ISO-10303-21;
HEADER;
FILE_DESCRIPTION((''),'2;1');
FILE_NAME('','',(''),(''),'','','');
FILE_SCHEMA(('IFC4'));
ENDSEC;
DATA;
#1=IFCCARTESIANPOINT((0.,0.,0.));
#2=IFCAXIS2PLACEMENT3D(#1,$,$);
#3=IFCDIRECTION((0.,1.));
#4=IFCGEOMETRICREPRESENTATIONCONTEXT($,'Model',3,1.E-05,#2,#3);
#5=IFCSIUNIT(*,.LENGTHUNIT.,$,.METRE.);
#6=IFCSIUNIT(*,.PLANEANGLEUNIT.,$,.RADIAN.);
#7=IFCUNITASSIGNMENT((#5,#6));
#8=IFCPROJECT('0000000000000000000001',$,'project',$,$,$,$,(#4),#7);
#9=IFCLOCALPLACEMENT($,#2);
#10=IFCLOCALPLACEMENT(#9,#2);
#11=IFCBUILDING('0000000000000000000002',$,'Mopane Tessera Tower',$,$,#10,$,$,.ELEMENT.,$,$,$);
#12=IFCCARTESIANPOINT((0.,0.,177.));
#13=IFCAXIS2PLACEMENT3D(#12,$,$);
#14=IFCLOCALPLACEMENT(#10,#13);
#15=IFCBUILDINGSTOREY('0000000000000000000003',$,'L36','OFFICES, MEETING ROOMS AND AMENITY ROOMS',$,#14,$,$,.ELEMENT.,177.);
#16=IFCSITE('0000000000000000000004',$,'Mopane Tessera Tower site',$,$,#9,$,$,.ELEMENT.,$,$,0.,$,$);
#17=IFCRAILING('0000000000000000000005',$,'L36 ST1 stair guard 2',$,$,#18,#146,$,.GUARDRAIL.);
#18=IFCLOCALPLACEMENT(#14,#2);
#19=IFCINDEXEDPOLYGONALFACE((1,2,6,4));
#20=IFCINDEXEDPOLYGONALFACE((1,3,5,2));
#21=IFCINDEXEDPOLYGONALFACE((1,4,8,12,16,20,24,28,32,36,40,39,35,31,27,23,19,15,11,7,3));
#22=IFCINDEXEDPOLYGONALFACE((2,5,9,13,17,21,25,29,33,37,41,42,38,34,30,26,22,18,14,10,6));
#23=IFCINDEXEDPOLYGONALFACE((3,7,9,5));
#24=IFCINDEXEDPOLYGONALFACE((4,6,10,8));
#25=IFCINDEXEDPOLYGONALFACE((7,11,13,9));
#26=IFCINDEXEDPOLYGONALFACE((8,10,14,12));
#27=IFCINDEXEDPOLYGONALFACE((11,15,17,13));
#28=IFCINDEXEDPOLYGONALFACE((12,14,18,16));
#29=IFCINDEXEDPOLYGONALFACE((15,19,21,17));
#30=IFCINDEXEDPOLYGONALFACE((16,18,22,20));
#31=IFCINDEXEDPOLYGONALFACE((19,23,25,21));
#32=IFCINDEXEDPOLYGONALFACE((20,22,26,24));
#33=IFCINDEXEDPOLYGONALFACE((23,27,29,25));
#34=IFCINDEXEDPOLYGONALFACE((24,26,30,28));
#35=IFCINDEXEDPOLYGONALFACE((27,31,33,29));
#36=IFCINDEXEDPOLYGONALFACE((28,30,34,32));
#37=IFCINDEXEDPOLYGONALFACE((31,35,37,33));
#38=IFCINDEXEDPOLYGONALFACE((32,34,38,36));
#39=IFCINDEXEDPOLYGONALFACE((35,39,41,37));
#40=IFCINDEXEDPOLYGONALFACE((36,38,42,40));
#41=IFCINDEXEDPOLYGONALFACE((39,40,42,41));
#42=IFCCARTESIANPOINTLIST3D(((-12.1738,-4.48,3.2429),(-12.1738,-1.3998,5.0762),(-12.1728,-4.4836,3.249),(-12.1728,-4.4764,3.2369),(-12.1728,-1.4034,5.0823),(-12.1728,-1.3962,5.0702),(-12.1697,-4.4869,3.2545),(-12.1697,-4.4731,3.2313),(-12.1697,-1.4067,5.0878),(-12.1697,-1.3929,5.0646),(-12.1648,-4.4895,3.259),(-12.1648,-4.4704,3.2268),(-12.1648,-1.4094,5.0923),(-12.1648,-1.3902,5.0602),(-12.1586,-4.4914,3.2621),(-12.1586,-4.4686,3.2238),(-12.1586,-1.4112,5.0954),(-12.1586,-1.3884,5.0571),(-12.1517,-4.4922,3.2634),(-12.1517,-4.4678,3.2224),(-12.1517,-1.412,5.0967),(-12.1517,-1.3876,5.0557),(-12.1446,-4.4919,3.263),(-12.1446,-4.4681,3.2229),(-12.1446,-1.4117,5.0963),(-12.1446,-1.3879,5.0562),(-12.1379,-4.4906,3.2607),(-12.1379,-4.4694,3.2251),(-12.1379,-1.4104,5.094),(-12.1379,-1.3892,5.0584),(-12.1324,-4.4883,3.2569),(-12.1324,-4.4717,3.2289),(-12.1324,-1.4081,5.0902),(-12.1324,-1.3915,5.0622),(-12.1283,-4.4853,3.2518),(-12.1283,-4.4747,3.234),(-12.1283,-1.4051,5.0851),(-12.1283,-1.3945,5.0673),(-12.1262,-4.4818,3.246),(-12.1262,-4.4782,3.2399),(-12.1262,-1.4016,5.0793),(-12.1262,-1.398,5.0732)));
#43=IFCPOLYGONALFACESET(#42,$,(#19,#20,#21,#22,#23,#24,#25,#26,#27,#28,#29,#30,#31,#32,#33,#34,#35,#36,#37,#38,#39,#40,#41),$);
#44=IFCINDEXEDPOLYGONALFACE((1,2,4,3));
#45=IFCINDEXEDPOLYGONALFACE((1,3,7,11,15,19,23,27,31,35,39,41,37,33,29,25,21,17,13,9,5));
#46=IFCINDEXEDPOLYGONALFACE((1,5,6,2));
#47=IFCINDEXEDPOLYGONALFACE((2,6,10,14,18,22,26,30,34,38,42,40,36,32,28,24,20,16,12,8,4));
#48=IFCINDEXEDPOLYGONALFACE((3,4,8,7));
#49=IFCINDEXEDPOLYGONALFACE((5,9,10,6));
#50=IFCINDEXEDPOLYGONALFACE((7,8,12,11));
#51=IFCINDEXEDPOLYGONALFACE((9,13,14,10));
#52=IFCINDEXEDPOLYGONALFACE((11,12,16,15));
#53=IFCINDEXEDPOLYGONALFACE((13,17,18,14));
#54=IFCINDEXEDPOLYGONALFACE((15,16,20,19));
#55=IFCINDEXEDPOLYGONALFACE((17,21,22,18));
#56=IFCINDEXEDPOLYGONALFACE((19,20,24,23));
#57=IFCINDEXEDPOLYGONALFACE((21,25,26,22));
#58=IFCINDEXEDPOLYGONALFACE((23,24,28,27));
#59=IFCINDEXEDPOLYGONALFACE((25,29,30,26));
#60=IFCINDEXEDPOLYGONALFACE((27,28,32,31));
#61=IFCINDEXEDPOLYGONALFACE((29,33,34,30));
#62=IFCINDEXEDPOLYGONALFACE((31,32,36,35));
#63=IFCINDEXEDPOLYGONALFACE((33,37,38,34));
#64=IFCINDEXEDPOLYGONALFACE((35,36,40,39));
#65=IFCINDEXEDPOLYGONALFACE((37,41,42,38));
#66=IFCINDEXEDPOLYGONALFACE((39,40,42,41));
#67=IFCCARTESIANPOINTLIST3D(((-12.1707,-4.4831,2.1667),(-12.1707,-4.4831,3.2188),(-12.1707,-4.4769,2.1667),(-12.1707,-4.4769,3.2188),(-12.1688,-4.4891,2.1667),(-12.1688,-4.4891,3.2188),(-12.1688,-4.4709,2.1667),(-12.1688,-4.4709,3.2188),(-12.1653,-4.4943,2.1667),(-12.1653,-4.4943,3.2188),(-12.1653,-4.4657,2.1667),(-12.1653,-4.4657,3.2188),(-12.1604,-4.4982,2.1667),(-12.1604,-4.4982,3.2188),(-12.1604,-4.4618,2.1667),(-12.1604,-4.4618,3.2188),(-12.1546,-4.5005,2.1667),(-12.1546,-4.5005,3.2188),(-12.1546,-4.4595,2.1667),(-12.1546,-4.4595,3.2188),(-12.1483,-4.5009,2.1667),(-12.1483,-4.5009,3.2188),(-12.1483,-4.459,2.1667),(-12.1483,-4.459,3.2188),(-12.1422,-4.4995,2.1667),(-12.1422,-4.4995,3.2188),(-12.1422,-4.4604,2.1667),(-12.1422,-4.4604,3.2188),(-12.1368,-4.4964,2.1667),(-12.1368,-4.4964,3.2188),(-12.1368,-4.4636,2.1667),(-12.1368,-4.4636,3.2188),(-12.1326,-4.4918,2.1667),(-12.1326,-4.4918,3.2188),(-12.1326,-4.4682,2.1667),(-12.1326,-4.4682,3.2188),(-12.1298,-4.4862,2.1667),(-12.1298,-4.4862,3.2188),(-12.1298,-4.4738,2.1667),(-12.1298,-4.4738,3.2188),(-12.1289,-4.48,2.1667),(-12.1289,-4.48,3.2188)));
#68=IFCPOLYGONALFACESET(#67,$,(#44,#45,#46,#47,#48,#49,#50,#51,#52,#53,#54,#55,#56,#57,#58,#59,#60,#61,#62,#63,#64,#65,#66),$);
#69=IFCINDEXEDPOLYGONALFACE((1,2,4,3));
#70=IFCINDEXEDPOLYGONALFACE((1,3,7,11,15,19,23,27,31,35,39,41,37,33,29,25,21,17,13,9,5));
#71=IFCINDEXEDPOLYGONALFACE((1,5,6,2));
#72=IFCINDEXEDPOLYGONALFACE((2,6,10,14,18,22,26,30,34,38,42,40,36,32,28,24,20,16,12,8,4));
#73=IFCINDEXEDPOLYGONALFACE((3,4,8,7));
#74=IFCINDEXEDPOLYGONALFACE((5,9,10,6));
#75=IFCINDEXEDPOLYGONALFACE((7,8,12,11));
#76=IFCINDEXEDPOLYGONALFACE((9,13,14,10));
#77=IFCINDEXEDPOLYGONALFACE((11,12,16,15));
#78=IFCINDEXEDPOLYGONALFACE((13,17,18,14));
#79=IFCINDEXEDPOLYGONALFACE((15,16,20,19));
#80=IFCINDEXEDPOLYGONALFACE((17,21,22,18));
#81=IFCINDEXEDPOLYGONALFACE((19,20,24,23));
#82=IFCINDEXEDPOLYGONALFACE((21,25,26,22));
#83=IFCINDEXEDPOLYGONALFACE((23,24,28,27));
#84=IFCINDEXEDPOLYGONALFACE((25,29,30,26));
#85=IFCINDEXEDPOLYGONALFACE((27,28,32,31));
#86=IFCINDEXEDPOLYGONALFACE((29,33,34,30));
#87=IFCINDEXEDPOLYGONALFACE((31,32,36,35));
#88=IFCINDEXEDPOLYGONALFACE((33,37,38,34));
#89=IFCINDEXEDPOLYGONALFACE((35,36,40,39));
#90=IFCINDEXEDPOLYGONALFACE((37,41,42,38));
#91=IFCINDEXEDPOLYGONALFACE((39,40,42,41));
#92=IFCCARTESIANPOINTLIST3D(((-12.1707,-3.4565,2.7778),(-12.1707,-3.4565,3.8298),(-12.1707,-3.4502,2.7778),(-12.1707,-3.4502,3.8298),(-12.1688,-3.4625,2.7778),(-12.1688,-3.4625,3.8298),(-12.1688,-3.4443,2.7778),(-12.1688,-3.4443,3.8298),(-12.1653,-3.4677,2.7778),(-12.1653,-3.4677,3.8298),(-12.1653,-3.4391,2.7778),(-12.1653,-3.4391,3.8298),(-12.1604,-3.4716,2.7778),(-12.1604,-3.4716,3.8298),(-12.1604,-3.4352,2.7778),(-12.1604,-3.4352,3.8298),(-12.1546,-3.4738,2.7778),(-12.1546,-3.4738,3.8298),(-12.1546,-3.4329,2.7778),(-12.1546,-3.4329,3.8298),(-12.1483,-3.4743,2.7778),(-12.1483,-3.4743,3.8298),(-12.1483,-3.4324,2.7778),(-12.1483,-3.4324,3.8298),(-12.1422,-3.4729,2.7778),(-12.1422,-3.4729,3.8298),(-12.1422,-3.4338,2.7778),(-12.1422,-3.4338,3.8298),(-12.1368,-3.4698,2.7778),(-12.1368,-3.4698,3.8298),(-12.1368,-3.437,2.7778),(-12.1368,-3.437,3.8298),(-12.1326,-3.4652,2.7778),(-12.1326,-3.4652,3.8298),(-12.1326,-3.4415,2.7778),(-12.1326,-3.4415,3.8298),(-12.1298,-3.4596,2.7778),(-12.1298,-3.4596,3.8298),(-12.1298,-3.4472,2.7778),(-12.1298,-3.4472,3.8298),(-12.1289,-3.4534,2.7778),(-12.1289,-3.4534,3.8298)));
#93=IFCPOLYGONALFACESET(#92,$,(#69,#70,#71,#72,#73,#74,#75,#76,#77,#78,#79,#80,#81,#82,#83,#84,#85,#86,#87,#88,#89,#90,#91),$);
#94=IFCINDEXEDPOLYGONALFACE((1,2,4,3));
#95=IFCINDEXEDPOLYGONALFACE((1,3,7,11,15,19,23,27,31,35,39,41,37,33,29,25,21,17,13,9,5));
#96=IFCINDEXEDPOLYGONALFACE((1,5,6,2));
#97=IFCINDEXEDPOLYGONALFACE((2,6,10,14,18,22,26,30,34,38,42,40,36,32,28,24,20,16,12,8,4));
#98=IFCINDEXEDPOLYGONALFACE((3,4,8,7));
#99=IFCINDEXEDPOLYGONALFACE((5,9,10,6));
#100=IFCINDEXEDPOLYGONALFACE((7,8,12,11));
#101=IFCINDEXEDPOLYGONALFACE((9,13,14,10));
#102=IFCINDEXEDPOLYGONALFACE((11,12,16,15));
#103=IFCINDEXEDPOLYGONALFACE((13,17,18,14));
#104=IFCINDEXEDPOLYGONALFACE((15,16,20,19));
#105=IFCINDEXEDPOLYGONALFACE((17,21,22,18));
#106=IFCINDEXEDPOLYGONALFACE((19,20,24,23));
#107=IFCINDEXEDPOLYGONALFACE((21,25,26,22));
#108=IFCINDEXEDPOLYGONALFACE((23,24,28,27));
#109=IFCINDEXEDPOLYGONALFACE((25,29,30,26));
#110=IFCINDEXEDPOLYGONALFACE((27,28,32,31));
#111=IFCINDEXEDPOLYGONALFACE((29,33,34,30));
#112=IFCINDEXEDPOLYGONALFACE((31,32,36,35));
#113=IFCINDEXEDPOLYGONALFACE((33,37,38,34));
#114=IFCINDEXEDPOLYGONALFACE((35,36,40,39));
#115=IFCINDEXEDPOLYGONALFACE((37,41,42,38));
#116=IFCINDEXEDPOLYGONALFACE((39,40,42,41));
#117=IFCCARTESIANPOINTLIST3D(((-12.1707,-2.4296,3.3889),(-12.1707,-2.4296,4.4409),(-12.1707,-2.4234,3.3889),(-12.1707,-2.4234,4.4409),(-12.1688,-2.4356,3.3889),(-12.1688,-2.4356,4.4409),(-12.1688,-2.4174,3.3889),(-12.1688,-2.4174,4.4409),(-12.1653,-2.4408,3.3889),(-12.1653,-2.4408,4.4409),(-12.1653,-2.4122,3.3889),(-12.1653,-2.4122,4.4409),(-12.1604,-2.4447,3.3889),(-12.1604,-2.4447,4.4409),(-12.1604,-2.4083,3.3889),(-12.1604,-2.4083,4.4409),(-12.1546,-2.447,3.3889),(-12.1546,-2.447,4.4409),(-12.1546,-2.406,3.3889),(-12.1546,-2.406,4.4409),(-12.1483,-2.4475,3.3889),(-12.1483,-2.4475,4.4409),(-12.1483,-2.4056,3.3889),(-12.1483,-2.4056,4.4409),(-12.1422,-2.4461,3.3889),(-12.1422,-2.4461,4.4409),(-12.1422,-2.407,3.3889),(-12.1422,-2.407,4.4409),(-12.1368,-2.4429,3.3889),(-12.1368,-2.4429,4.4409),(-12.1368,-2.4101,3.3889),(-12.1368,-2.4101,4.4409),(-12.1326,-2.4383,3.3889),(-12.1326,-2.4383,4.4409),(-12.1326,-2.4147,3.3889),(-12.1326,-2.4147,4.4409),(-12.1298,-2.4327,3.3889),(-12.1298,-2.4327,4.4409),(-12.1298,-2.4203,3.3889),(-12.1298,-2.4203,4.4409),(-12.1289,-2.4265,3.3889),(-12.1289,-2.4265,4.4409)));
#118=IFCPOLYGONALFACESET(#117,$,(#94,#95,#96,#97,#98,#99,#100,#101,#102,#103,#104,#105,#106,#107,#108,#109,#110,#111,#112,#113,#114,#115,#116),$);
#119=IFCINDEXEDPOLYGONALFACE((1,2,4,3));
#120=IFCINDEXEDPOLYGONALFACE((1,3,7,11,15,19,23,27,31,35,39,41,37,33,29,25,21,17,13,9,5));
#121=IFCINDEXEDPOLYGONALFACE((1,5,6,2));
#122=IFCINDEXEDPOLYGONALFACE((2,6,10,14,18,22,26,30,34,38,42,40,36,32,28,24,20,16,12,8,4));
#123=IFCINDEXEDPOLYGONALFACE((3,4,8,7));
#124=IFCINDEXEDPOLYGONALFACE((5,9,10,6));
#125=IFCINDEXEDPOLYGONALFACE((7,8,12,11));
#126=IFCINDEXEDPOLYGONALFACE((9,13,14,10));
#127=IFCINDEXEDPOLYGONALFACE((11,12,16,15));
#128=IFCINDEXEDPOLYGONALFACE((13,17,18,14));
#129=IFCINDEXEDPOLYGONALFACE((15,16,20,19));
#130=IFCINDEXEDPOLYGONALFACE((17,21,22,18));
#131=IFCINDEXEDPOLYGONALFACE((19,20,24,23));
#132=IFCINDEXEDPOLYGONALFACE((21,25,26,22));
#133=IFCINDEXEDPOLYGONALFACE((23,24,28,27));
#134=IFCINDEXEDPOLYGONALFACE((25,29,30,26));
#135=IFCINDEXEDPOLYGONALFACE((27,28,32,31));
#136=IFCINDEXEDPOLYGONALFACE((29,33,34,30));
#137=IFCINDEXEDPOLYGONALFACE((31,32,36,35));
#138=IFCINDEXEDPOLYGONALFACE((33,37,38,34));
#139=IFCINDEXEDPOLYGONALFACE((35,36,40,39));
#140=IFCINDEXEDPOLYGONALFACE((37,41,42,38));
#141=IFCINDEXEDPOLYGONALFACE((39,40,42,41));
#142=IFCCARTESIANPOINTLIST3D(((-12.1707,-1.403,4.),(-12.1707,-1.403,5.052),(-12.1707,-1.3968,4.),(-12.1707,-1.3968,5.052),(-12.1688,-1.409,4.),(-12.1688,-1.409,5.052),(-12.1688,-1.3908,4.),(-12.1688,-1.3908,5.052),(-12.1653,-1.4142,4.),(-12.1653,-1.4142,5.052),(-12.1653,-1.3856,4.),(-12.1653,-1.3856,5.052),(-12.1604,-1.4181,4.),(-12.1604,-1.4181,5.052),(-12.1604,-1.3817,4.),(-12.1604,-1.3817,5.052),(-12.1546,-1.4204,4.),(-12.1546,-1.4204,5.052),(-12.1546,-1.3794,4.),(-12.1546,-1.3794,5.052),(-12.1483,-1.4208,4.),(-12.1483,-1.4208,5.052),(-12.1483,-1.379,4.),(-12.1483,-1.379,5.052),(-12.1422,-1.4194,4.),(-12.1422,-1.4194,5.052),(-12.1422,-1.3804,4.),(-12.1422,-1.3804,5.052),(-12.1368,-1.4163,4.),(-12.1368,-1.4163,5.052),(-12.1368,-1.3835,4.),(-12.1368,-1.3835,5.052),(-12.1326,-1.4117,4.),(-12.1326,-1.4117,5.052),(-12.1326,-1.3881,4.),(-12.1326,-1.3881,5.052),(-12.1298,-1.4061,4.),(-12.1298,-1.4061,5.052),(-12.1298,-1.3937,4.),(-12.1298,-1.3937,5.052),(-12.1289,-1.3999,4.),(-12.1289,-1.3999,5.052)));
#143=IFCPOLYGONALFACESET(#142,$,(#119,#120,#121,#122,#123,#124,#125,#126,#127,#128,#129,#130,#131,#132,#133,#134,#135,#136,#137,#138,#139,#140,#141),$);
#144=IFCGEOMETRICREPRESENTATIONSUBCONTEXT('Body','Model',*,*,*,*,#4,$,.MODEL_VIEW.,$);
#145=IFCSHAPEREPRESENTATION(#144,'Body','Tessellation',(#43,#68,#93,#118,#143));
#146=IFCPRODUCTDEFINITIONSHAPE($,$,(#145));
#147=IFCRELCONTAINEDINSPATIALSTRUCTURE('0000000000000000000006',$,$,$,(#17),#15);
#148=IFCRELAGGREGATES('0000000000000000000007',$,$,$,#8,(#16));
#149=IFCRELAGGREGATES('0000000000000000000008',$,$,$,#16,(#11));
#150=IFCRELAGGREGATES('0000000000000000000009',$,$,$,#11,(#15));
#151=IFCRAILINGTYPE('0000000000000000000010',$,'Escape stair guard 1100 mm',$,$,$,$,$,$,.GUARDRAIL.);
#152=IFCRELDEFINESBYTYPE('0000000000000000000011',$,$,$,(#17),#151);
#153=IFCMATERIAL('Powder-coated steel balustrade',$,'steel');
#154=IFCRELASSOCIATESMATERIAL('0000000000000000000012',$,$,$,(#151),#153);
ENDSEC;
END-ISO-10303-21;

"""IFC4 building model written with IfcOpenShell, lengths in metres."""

from ifc_helpers import new_model, si_unit, direction, frame, origin, origin_2d, place, context, subcontext, project, spatial, circle, extrude, material, type_object, element, save


model = new_model("IFC4")

# Units and contexts
model_context = context("Model", 3, precision=1e-05, world=origin(), true_north=direction((0.0, 1.0)))
body_context = subcontext(model_context, "Body", "Model", "MODEL_VIEW")
ifc_project = project(units=[si_unit("LENGTHUNIT", "METRE"), si_unit("PLANEANGLEUNIT", "RADIAN")], contexts=[model_context])

# Site, building, storey
site_placement = place(None, origin())
site = spatial("IfcSite", under=ifc_project, at=site_placement, Name="Mopane Tessera Tower site", CompositionType="ELEMENT", RefElevation=0.0)
building_placement = place(site_placement, origin())
building = spatial("IfcBuilding", under=site, at=building_placement, Name="Mopane Tessera Tower", CompositionType="ELEMENT")
storey_placement = place(building_placement, frame((0.0, 0.0, 177.0)))
storey = spatial("IfcBuildingStorey", under=building, at=storey_placement, Name="L36", Description="OFFICES, MEETING ROOMS AND AMENITY ROOMS", CompositionType="ELEMENT", Elevation=177.0)

# Railing
ifc_material_1 = material(Name="Powder-coated steel balustrade", Category="steel")
railing_type_1 = type_object("IfcRailingType", Name="Escape stair guard 1100 mm", PredefinedType="GUARDRAIL", material=ifc_material_1)
railing_1_placement = place(storey_placement, frame((-12.1499, -4.48, 2.1667)))
element("IfcRailing", 1, at=railing_1_placement, inside=storey, type_object=railing_type_1, Name="L36 ST1 stair guard 2", PredefinedType="GUARDRAIL", context=body_context, shape_type="SweptSolid", body=[
    extrude(circle(Radius=0.0239, at=origin_2d()), frame((0.0, 0.0, 1.0762), z_axis=(0.0, 0.859309, 0.511458), x_axis=(-1.0, 0.0, 0.0)), (0.0, 0.0, 1.0), 3.5845),
    extrude(circle(Radius=0.021, at=origin_2d()), origin(), (0.0, 0.0, 1.0), 1.052),
    extrude(circle(Radius=0.021, at=origin_2d()), frame((0.0, 1.0266, 0.6111)), (0.0, 0.0, 1.0), 1.052),
    extrude(circle(Radius=0.021, at=origin_2d()), frame((0.0, 2.0535, 1.2222)), (0.0, 0.0, 1.0), 1.052),
    extrude(circle(Radius=0.021, at=origin_2d()), frame((0.0, 3.0801, 1.8333)), (0.0, 0.0, 1.0), 1.052),
])

save(model, "model.ifc")
